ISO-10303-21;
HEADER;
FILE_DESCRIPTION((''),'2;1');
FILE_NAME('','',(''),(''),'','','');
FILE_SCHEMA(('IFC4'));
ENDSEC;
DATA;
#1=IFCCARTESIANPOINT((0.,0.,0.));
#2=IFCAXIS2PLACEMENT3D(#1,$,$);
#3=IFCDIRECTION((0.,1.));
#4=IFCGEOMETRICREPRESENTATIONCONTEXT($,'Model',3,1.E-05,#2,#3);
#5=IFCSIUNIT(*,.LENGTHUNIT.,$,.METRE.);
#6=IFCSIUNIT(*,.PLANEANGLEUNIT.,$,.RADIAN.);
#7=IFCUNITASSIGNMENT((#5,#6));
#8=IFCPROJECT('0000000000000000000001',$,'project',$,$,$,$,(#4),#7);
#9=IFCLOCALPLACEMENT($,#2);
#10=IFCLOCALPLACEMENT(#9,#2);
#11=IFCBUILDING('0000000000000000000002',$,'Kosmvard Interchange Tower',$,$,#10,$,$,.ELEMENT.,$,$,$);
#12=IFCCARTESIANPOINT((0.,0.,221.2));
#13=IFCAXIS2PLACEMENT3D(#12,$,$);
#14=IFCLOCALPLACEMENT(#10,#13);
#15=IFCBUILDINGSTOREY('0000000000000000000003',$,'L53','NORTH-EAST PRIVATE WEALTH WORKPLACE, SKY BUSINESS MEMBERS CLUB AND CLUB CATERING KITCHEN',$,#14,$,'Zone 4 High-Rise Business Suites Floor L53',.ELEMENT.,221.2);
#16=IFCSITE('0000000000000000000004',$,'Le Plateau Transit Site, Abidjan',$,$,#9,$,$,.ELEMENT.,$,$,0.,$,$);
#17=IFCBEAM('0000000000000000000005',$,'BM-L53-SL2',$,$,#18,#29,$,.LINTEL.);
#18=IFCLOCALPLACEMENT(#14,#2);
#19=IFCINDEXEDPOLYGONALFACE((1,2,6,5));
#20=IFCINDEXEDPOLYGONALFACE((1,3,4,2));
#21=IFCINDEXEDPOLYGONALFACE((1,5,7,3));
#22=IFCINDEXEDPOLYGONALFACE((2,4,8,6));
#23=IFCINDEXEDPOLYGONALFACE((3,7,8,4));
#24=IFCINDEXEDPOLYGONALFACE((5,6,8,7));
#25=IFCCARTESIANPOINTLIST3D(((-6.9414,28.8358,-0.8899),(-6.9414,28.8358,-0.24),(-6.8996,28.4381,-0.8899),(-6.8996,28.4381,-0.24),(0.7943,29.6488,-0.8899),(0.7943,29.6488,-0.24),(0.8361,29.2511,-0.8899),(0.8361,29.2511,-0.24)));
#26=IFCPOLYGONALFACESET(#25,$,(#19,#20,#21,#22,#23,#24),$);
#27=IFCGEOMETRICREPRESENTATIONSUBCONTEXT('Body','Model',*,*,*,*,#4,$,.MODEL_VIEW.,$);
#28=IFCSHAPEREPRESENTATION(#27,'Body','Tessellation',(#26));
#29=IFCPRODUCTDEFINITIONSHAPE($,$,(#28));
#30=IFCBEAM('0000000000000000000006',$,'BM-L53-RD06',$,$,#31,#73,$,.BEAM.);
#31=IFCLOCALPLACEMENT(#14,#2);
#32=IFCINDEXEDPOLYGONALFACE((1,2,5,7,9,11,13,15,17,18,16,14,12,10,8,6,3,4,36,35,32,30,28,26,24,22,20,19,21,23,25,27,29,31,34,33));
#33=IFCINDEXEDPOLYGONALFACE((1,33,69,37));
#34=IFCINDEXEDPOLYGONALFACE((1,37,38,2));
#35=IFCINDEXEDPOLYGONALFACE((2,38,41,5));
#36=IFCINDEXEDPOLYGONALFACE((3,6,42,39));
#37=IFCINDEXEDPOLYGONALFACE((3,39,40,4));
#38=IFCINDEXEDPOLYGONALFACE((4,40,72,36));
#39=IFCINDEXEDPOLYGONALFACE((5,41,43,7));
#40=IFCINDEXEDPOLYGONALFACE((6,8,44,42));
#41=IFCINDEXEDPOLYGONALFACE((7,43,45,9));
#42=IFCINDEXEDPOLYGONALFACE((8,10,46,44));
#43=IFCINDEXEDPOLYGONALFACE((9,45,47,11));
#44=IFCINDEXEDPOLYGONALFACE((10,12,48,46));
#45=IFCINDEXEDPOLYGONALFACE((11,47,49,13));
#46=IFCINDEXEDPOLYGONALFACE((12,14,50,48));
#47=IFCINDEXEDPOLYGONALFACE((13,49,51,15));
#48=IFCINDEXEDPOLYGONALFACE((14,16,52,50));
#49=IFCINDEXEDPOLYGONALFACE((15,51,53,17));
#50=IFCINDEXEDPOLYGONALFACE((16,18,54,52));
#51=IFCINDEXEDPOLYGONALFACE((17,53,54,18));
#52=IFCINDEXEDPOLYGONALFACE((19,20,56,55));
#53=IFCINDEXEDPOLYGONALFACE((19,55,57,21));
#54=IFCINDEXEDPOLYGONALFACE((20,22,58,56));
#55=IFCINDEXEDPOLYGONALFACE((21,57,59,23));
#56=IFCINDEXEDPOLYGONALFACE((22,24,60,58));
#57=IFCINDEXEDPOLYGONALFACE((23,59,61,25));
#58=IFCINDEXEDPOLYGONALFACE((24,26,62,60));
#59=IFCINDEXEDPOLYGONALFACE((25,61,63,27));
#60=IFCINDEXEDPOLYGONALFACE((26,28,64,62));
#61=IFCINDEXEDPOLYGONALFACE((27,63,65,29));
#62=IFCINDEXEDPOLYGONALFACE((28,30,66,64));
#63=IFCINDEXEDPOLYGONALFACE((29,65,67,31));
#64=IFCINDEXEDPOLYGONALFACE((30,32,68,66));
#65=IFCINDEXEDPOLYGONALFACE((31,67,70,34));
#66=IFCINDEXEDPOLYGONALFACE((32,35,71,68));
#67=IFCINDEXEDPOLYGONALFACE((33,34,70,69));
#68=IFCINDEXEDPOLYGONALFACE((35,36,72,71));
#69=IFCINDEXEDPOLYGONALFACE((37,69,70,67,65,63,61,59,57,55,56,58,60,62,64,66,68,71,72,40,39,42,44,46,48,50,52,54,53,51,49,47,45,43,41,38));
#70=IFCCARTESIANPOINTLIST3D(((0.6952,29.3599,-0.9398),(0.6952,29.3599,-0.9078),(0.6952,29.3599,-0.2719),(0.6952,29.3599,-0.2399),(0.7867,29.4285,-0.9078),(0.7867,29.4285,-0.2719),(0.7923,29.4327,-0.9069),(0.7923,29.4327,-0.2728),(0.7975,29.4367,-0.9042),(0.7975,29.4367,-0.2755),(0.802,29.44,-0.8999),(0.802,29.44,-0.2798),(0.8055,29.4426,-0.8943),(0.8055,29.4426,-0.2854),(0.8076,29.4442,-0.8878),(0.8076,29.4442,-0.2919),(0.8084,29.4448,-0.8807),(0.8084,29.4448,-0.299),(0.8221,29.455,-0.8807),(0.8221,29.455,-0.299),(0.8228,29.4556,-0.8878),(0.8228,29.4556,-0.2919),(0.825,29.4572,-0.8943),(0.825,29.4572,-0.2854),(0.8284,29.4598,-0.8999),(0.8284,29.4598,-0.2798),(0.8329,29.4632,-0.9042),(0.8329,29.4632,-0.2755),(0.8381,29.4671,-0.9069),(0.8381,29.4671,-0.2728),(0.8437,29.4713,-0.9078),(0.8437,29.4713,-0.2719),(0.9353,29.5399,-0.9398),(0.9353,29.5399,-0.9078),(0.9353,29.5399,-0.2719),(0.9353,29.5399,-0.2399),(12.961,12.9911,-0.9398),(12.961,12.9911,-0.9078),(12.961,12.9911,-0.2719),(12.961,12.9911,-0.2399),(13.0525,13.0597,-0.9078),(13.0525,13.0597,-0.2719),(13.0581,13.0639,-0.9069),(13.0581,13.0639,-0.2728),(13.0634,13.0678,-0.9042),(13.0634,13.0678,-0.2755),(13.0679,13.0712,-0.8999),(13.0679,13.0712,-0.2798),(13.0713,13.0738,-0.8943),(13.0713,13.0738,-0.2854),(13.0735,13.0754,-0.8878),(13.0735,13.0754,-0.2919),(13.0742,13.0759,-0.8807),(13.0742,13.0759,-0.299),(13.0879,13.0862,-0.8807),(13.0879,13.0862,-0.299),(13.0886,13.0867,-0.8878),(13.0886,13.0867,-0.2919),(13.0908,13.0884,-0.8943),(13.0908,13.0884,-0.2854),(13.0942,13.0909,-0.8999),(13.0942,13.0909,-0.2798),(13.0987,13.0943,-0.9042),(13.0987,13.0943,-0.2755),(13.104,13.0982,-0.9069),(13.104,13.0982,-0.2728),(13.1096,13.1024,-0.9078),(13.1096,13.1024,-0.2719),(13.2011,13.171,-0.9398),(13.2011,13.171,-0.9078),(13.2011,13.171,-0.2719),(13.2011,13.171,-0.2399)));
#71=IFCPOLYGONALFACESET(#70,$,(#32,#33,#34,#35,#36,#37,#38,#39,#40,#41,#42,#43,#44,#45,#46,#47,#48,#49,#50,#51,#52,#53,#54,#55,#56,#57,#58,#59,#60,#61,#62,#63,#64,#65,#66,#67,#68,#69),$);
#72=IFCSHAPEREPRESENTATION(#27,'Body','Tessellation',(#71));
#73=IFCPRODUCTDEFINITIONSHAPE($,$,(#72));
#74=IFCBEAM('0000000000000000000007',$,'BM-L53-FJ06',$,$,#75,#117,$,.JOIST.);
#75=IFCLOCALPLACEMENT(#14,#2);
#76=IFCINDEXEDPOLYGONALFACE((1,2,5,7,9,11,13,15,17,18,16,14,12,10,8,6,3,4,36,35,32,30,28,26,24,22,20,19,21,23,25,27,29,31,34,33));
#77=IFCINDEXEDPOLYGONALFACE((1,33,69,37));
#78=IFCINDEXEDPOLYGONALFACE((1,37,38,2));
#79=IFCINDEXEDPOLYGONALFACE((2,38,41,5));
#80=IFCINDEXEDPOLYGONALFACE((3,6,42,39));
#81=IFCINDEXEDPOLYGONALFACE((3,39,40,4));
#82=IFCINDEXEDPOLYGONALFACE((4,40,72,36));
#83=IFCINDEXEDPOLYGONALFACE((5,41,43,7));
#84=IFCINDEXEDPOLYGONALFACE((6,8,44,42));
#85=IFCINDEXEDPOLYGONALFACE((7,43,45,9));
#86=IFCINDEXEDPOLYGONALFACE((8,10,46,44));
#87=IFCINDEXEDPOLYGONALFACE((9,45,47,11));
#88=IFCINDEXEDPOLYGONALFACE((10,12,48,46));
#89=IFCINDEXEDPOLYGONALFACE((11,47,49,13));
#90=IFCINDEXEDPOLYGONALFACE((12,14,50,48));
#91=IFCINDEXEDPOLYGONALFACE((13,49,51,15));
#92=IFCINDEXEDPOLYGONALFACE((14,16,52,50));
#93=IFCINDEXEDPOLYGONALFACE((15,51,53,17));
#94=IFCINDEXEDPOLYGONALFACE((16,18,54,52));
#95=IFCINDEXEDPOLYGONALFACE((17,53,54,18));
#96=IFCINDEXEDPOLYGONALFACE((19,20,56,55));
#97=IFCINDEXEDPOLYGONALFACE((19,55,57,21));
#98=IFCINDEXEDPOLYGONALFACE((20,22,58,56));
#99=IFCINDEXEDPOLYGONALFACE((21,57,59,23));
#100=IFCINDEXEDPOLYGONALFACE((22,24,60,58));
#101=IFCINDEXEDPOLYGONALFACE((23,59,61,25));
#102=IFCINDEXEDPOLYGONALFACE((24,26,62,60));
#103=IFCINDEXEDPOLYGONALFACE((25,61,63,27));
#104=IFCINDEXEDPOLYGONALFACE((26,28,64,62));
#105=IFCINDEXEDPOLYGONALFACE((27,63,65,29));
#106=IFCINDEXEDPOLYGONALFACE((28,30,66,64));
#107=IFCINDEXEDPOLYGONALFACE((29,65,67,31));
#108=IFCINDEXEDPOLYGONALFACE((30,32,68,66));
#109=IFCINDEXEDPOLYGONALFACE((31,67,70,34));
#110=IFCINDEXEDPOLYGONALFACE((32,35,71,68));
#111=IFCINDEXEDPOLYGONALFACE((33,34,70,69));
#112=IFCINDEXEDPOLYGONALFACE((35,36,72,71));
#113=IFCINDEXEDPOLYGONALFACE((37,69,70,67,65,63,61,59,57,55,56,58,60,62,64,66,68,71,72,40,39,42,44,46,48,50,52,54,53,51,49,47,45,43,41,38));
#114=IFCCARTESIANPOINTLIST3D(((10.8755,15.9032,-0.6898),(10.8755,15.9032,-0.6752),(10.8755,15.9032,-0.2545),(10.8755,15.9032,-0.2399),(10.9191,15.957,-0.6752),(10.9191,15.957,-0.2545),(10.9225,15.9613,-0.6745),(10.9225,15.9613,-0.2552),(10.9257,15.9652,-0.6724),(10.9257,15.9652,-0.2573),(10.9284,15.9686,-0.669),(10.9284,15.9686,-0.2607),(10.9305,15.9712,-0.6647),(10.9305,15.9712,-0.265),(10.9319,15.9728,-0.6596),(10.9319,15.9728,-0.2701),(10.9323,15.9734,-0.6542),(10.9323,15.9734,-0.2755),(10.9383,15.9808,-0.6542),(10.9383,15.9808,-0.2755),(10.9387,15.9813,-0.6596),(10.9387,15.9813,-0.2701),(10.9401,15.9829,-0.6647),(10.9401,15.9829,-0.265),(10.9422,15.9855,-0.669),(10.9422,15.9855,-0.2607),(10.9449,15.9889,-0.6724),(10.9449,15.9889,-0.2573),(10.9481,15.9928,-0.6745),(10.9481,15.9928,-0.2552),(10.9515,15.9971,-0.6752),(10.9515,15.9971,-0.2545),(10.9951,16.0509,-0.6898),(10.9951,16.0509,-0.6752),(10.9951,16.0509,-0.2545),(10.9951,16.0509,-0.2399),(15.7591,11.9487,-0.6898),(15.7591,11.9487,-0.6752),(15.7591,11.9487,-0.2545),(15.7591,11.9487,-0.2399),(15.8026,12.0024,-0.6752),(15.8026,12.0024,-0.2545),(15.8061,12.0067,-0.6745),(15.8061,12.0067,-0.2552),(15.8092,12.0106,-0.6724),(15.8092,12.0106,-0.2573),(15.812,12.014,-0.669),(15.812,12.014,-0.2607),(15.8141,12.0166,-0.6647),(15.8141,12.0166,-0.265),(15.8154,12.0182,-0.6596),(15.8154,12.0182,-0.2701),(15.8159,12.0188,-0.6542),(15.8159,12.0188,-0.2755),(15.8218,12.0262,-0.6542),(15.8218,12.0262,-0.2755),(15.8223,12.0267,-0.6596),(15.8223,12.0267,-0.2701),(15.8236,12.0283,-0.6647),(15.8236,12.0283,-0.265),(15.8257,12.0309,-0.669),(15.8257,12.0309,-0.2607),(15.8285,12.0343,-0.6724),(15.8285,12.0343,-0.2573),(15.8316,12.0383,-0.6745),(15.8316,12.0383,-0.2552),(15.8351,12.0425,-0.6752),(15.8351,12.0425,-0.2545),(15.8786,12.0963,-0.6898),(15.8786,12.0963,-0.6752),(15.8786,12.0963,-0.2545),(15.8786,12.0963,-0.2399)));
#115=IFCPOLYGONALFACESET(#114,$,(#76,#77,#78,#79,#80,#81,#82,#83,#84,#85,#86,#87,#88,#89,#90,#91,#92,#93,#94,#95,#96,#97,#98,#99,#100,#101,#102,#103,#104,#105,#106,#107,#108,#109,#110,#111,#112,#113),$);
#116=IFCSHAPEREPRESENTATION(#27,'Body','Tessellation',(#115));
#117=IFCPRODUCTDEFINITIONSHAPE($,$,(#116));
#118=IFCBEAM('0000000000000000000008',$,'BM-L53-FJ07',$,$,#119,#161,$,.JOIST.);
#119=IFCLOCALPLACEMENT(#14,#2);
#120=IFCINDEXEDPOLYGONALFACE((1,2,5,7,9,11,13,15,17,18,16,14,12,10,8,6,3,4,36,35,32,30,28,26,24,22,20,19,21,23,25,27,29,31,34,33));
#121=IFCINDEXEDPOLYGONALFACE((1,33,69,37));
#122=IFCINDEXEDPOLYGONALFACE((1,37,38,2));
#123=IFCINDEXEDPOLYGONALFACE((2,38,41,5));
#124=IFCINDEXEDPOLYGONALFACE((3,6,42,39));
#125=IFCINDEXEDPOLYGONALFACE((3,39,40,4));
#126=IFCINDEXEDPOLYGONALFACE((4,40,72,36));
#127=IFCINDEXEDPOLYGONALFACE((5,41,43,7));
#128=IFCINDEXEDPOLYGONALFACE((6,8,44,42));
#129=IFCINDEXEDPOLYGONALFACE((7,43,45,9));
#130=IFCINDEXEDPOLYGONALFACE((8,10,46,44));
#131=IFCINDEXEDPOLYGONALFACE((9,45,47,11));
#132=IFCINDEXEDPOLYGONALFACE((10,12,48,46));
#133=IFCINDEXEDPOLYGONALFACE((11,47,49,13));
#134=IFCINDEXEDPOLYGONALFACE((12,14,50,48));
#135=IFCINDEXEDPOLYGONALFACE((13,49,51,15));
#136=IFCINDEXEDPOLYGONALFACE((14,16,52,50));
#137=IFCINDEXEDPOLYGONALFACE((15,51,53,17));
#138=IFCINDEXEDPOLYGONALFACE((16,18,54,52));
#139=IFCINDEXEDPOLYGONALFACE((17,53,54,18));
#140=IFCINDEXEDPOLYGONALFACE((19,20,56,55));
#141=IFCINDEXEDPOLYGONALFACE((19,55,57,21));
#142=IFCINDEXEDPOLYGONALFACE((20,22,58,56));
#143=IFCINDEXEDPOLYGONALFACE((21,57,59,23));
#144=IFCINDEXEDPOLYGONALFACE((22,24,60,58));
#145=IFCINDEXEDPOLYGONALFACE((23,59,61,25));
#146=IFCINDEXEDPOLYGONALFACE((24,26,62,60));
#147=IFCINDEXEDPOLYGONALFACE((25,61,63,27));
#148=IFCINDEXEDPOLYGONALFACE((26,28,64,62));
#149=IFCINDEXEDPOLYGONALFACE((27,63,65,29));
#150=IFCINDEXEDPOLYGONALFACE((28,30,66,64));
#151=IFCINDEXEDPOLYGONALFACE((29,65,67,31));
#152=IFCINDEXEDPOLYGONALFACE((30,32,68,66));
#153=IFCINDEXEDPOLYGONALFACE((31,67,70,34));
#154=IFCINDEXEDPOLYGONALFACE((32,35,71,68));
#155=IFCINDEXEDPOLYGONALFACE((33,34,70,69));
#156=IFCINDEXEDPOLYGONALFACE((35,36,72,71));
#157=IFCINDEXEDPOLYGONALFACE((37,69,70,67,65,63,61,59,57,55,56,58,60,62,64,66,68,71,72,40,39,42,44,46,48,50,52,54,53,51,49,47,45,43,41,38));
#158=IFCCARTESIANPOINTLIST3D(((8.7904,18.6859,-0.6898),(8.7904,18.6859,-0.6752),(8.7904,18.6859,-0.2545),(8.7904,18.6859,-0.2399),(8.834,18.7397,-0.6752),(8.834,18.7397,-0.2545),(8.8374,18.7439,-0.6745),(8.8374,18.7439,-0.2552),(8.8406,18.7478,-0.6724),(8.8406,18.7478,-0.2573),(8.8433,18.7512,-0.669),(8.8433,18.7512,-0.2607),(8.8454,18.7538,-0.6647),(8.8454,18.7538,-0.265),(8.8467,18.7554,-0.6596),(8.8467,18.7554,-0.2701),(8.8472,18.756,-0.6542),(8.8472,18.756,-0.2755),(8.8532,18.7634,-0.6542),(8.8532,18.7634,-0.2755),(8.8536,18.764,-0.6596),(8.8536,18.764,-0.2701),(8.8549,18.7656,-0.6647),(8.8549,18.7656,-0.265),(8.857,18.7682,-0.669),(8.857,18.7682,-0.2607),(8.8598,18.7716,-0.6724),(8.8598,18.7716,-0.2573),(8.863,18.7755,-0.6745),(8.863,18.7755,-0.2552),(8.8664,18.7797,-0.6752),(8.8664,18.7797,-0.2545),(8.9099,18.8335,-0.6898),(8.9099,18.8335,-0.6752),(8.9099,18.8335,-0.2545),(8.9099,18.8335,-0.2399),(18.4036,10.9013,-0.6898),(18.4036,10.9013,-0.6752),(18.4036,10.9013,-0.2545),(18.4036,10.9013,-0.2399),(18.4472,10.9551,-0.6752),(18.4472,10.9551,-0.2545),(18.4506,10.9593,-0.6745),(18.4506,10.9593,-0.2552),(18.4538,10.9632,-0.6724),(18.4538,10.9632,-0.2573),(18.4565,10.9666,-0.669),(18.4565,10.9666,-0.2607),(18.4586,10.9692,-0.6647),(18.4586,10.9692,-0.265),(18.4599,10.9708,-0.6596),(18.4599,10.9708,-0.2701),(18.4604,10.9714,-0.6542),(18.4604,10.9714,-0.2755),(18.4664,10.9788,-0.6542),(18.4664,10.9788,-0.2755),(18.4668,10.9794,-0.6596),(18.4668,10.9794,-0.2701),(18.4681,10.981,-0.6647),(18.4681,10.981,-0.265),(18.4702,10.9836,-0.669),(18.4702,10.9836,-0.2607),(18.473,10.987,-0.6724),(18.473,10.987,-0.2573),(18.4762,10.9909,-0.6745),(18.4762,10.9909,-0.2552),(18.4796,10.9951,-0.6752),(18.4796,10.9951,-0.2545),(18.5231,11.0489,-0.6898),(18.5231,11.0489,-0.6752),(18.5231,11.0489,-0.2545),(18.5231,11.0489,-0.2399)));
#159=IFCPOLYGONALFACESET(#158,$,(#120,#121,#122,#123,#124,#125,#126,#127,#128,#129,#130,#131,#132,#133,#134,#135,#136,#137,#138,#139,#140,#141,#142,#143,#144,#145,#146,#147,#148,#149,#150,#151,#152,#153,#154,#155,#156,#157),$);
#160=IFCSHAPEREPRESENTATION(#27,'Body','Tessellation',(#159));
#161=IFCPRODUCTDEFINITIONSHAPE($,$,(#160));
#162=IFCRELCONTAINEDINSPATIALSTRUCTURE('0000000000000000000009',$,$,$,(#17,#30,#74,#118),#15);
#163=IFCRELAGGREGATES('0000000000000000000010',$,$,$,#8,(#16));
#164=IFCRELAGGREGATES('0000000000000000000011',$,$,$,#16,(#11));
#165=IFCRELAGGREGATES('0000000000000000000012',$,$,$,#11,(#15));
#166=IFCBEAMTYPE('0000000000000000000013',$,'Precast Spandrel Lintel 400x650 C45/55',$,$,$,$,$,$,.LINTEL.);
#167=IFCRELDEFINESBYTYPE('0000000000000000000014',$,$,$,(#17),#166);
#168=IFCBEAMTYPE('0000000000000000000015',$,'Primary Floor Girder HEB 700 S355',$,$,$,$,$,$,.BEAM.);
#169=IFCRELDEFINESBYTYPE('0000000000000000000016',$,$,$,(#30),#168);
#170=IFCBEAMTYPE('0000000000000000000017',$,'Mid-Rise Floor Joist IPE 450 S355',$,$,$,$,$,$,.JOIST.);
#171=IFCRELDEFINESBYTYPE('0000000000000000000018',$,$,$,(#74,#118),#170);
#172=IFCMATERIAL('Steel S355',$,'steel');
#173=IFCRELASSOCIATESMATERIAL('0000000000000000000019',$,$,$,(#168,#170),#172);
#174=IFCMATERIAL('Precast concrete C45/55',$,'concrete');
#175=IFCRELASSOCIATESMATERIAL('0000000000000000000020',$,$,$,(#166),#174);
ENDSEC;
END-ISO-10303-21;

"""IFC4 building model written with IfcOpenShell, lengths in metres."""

from ifc_helpers import new_model, si_unit, direction, frame, origin, origin_2d, place, context, subcontext, project, spatial, rectangle, i_section, extrude, source, transform, mapped, material, material_profile, profile_set, type_object, element, save


model = new_model("IFC4")

# Units and contexts
model_context = context("Model", 3, precision=1e-05, world=origin(), true_north=direction((0.0, 1.0)))
body_context = subcontext(model_context, "Body", "Model", "MODEL_VIEW")
ifc_project = project(units=[si_unit("LENGTHUNIT", "METRE"), si_unit("PLANEANGLEUNIT", "RADIAN")], contexts=[model_context])

# Site, building, storey
site_placement = place(None, origin())
site = spatial("IfcSite", under=ifc_project, at=site_placement, Name="Le Plateau Transit Site, Abidjan", CompositionType="ELEMENT", RefElevation=0.0)
building_placement = place(site_placement, origin())
building = spatial("IfcBuilding", under=site, at=building_placement, Name="Kosmvard Interchange Tower", CompositionType="ELEMENT")
storey_placement = place(building_placement, frame((0.0, 0.0, 221.2)))
storey = spatial("IfcBuildingStorey", under=building, at=storey_placement, Name="L53", Description="NORTH-EAST PRIVATE WEALTH WORKPLACE, SKY BUSINESS MEMBERS CLUB AND CLUB CATERING KITCHEN", LongName="Zone 4 High-Rise Business Suites Floor L53", CompositionType="ELEMENT", Elevation=221.2)

# Beams
ifc_material_1 = material(Name="Steel S355", Category="steel")
ifc_material_profile_1 = material_profile(ifc_material_1, i_section(OverallWidth=0.3, OverallDepth=0.7, WebThickness=0.0171, FlangeThickness=0.032, FilletRadius=0.0271, at=origin_2d()), Name="HEB 700")
ifc_profile_set_1 = profile_set([ifc_material_profile_1], Name="Steel S355")
beam_type_1 = type_object("IfcBeamType", Name="Primary Floor Girder HEB 700 S355", PredefinedType="BEAM", material=ifc_profile_set_1)
ifc_material_2 = material(Name="Precast concrete C45/55", Category="concrete")
ifc_material_profile_2 = material_profile(ifc_material_2, rectangle(XDim=0.3999, YDim=0.6499, at=origin_2d()), Name="SL 400x650")
ifc_profile_set_2 = profile_set([ifc_material_profile_2], Name="Precast concrete C45/55")
beam_type_2 = type_object("IfcBeamType", Name="Precast Spandrel Lintel 400x650 C45/55", PredefinedType="LINTEL", material=ifc_profile_set_2)
shared_shape_1 = source(origin(), body_context, "Body", "SweptSolid", [
    extrude(rectangle(XDim=0.3999, YDim=0.6499, at=origin_2d()), origin(), (0.0, 0.0, 1.0), 7.7783),
])
beam_1_placement = place(storey_placement, frame((0.8152, 29.45, -0.5649), z_axis=(-0.994523, -0.104521, 0.0), x_axis=(0.104521, -0.994523, 0.0)))
element("IfcBeam", 1, at=beam_1_placement, inside=storey, type_object=beam_type_2, Name="BM-L53-SL2", PredefinedType="LINTEL", context=body_context, shape_type="MappedRepresentation", body=[
    mapped(shared_shape_1, transform((0.0, 0.0, 0.0), scale=1.0)),
])
shared_shape_2 = source(origin(), body_context, "Body", "SweptSolid", [
    extrude(i_section(OverallWidth=0.3, OverallDepth=0.7, WebThickness=0.0171, FlangeThickness=0.032, FilletRadius=0.0271, at=origin_2d()), origin(), (0.0, 0.0, 1.0), 20.4546),
])
beam_2_placement = place(storey_placement, frame((13.0811, 13.0811, -0.5898), z_axis=(-0.599662, 0.800253, 0.0), x_axis=(-0.800253, -0.599662, 0.0)))
element("IfcBeam", 2, at=beam_2_placement, inside=storey, type_object=beam_type_1, Name="BM-L53-RD06", PredefinedType="BEAM", context=body_context, shape_type="MappedRepresentation", body=[
    mapped(shared_shape_2, transform((0.0, 0.0, 0.0), scale=1.0)),
])
ifc_material_profile_3 = material_profile(ifc_material_1, i_section(OverallWidth=0.1899, OverallDepth=0.45, WebThickness=0.0095, FlangeThickness=0.0146, FilletRadius=0.021, at=origin_2d()), Name="IPE 450")
ifc_profile_set_3 = profile_set([ifc_material_profile_3], Name="Steel S355")
beam_type_3 = type_object("IfcBeamType", Name="Mid-Rise Floor Joist IPE 450 S355", PredefinedType="JOIST", material=ifc_profile_set_3)
shared_shape_3 = source(origin(), body_context, "Body", "SweptSolid", [
    extrude(i_section(OverallWidth=0.1899, OverallDepth=0.45, WebThickness=0.0095, FlangeThickness=0.0146, FilletRadius=0.021, at=origin_2d()), origin(), (0.0, 0.0, 1.0), 6.2839),
])
beam_3_placement = place(storey_placement, frame((15.8188, 12.0225, -0.4648), z_axis=(-0.777148, 0.629318, 0.0), x_axis=(-0.629318, -0.777148, 0.0)))
element("IfcBeam", 3, at=beam_3_placement, inside=storey, type_object=beam_type_3, Name="BM-L53-FJ06", PredefinedType="JOIST", context=body_context, shape_type="MappedRepresentation", body=[
    mapped(shared_shape_3, transform((0.0, 0.0, 0.0), scale=1.0)),
])
shared_shape_4 = source(origin(), body_context, "Body", "SweptSolid", [
    extrude(i_section(OverallWidth=0.1899, OverallDepth=0.45, WebThickness=0.0095, FlangeThickness=0.0146, FilletRadius=0.021, at=origin_2d()), origin(), (0.0, 0.0, 1.0), 12.3699),
])
beam_4_placement = place(storey_placement, frame((18.4634, 10.9751, -0.4648), z_axis=(-0.777147, 0.62932, 0.0), x_axis=(-0.62932, -0.777147, 0.0)))
element("IfcBeam", 4, at=beam_4_placement, inside=storey, type_object=beam_type_3, Name="BM-L53-FJ07", PredefinedType="JOIST", context=body_context, shape_type="MappedRepresentation", body=[
    mapped(shared_shape_4, transform((0.0, 0.0, 0.0), scale=1.0)),
])

save(model, "model.ifc")
